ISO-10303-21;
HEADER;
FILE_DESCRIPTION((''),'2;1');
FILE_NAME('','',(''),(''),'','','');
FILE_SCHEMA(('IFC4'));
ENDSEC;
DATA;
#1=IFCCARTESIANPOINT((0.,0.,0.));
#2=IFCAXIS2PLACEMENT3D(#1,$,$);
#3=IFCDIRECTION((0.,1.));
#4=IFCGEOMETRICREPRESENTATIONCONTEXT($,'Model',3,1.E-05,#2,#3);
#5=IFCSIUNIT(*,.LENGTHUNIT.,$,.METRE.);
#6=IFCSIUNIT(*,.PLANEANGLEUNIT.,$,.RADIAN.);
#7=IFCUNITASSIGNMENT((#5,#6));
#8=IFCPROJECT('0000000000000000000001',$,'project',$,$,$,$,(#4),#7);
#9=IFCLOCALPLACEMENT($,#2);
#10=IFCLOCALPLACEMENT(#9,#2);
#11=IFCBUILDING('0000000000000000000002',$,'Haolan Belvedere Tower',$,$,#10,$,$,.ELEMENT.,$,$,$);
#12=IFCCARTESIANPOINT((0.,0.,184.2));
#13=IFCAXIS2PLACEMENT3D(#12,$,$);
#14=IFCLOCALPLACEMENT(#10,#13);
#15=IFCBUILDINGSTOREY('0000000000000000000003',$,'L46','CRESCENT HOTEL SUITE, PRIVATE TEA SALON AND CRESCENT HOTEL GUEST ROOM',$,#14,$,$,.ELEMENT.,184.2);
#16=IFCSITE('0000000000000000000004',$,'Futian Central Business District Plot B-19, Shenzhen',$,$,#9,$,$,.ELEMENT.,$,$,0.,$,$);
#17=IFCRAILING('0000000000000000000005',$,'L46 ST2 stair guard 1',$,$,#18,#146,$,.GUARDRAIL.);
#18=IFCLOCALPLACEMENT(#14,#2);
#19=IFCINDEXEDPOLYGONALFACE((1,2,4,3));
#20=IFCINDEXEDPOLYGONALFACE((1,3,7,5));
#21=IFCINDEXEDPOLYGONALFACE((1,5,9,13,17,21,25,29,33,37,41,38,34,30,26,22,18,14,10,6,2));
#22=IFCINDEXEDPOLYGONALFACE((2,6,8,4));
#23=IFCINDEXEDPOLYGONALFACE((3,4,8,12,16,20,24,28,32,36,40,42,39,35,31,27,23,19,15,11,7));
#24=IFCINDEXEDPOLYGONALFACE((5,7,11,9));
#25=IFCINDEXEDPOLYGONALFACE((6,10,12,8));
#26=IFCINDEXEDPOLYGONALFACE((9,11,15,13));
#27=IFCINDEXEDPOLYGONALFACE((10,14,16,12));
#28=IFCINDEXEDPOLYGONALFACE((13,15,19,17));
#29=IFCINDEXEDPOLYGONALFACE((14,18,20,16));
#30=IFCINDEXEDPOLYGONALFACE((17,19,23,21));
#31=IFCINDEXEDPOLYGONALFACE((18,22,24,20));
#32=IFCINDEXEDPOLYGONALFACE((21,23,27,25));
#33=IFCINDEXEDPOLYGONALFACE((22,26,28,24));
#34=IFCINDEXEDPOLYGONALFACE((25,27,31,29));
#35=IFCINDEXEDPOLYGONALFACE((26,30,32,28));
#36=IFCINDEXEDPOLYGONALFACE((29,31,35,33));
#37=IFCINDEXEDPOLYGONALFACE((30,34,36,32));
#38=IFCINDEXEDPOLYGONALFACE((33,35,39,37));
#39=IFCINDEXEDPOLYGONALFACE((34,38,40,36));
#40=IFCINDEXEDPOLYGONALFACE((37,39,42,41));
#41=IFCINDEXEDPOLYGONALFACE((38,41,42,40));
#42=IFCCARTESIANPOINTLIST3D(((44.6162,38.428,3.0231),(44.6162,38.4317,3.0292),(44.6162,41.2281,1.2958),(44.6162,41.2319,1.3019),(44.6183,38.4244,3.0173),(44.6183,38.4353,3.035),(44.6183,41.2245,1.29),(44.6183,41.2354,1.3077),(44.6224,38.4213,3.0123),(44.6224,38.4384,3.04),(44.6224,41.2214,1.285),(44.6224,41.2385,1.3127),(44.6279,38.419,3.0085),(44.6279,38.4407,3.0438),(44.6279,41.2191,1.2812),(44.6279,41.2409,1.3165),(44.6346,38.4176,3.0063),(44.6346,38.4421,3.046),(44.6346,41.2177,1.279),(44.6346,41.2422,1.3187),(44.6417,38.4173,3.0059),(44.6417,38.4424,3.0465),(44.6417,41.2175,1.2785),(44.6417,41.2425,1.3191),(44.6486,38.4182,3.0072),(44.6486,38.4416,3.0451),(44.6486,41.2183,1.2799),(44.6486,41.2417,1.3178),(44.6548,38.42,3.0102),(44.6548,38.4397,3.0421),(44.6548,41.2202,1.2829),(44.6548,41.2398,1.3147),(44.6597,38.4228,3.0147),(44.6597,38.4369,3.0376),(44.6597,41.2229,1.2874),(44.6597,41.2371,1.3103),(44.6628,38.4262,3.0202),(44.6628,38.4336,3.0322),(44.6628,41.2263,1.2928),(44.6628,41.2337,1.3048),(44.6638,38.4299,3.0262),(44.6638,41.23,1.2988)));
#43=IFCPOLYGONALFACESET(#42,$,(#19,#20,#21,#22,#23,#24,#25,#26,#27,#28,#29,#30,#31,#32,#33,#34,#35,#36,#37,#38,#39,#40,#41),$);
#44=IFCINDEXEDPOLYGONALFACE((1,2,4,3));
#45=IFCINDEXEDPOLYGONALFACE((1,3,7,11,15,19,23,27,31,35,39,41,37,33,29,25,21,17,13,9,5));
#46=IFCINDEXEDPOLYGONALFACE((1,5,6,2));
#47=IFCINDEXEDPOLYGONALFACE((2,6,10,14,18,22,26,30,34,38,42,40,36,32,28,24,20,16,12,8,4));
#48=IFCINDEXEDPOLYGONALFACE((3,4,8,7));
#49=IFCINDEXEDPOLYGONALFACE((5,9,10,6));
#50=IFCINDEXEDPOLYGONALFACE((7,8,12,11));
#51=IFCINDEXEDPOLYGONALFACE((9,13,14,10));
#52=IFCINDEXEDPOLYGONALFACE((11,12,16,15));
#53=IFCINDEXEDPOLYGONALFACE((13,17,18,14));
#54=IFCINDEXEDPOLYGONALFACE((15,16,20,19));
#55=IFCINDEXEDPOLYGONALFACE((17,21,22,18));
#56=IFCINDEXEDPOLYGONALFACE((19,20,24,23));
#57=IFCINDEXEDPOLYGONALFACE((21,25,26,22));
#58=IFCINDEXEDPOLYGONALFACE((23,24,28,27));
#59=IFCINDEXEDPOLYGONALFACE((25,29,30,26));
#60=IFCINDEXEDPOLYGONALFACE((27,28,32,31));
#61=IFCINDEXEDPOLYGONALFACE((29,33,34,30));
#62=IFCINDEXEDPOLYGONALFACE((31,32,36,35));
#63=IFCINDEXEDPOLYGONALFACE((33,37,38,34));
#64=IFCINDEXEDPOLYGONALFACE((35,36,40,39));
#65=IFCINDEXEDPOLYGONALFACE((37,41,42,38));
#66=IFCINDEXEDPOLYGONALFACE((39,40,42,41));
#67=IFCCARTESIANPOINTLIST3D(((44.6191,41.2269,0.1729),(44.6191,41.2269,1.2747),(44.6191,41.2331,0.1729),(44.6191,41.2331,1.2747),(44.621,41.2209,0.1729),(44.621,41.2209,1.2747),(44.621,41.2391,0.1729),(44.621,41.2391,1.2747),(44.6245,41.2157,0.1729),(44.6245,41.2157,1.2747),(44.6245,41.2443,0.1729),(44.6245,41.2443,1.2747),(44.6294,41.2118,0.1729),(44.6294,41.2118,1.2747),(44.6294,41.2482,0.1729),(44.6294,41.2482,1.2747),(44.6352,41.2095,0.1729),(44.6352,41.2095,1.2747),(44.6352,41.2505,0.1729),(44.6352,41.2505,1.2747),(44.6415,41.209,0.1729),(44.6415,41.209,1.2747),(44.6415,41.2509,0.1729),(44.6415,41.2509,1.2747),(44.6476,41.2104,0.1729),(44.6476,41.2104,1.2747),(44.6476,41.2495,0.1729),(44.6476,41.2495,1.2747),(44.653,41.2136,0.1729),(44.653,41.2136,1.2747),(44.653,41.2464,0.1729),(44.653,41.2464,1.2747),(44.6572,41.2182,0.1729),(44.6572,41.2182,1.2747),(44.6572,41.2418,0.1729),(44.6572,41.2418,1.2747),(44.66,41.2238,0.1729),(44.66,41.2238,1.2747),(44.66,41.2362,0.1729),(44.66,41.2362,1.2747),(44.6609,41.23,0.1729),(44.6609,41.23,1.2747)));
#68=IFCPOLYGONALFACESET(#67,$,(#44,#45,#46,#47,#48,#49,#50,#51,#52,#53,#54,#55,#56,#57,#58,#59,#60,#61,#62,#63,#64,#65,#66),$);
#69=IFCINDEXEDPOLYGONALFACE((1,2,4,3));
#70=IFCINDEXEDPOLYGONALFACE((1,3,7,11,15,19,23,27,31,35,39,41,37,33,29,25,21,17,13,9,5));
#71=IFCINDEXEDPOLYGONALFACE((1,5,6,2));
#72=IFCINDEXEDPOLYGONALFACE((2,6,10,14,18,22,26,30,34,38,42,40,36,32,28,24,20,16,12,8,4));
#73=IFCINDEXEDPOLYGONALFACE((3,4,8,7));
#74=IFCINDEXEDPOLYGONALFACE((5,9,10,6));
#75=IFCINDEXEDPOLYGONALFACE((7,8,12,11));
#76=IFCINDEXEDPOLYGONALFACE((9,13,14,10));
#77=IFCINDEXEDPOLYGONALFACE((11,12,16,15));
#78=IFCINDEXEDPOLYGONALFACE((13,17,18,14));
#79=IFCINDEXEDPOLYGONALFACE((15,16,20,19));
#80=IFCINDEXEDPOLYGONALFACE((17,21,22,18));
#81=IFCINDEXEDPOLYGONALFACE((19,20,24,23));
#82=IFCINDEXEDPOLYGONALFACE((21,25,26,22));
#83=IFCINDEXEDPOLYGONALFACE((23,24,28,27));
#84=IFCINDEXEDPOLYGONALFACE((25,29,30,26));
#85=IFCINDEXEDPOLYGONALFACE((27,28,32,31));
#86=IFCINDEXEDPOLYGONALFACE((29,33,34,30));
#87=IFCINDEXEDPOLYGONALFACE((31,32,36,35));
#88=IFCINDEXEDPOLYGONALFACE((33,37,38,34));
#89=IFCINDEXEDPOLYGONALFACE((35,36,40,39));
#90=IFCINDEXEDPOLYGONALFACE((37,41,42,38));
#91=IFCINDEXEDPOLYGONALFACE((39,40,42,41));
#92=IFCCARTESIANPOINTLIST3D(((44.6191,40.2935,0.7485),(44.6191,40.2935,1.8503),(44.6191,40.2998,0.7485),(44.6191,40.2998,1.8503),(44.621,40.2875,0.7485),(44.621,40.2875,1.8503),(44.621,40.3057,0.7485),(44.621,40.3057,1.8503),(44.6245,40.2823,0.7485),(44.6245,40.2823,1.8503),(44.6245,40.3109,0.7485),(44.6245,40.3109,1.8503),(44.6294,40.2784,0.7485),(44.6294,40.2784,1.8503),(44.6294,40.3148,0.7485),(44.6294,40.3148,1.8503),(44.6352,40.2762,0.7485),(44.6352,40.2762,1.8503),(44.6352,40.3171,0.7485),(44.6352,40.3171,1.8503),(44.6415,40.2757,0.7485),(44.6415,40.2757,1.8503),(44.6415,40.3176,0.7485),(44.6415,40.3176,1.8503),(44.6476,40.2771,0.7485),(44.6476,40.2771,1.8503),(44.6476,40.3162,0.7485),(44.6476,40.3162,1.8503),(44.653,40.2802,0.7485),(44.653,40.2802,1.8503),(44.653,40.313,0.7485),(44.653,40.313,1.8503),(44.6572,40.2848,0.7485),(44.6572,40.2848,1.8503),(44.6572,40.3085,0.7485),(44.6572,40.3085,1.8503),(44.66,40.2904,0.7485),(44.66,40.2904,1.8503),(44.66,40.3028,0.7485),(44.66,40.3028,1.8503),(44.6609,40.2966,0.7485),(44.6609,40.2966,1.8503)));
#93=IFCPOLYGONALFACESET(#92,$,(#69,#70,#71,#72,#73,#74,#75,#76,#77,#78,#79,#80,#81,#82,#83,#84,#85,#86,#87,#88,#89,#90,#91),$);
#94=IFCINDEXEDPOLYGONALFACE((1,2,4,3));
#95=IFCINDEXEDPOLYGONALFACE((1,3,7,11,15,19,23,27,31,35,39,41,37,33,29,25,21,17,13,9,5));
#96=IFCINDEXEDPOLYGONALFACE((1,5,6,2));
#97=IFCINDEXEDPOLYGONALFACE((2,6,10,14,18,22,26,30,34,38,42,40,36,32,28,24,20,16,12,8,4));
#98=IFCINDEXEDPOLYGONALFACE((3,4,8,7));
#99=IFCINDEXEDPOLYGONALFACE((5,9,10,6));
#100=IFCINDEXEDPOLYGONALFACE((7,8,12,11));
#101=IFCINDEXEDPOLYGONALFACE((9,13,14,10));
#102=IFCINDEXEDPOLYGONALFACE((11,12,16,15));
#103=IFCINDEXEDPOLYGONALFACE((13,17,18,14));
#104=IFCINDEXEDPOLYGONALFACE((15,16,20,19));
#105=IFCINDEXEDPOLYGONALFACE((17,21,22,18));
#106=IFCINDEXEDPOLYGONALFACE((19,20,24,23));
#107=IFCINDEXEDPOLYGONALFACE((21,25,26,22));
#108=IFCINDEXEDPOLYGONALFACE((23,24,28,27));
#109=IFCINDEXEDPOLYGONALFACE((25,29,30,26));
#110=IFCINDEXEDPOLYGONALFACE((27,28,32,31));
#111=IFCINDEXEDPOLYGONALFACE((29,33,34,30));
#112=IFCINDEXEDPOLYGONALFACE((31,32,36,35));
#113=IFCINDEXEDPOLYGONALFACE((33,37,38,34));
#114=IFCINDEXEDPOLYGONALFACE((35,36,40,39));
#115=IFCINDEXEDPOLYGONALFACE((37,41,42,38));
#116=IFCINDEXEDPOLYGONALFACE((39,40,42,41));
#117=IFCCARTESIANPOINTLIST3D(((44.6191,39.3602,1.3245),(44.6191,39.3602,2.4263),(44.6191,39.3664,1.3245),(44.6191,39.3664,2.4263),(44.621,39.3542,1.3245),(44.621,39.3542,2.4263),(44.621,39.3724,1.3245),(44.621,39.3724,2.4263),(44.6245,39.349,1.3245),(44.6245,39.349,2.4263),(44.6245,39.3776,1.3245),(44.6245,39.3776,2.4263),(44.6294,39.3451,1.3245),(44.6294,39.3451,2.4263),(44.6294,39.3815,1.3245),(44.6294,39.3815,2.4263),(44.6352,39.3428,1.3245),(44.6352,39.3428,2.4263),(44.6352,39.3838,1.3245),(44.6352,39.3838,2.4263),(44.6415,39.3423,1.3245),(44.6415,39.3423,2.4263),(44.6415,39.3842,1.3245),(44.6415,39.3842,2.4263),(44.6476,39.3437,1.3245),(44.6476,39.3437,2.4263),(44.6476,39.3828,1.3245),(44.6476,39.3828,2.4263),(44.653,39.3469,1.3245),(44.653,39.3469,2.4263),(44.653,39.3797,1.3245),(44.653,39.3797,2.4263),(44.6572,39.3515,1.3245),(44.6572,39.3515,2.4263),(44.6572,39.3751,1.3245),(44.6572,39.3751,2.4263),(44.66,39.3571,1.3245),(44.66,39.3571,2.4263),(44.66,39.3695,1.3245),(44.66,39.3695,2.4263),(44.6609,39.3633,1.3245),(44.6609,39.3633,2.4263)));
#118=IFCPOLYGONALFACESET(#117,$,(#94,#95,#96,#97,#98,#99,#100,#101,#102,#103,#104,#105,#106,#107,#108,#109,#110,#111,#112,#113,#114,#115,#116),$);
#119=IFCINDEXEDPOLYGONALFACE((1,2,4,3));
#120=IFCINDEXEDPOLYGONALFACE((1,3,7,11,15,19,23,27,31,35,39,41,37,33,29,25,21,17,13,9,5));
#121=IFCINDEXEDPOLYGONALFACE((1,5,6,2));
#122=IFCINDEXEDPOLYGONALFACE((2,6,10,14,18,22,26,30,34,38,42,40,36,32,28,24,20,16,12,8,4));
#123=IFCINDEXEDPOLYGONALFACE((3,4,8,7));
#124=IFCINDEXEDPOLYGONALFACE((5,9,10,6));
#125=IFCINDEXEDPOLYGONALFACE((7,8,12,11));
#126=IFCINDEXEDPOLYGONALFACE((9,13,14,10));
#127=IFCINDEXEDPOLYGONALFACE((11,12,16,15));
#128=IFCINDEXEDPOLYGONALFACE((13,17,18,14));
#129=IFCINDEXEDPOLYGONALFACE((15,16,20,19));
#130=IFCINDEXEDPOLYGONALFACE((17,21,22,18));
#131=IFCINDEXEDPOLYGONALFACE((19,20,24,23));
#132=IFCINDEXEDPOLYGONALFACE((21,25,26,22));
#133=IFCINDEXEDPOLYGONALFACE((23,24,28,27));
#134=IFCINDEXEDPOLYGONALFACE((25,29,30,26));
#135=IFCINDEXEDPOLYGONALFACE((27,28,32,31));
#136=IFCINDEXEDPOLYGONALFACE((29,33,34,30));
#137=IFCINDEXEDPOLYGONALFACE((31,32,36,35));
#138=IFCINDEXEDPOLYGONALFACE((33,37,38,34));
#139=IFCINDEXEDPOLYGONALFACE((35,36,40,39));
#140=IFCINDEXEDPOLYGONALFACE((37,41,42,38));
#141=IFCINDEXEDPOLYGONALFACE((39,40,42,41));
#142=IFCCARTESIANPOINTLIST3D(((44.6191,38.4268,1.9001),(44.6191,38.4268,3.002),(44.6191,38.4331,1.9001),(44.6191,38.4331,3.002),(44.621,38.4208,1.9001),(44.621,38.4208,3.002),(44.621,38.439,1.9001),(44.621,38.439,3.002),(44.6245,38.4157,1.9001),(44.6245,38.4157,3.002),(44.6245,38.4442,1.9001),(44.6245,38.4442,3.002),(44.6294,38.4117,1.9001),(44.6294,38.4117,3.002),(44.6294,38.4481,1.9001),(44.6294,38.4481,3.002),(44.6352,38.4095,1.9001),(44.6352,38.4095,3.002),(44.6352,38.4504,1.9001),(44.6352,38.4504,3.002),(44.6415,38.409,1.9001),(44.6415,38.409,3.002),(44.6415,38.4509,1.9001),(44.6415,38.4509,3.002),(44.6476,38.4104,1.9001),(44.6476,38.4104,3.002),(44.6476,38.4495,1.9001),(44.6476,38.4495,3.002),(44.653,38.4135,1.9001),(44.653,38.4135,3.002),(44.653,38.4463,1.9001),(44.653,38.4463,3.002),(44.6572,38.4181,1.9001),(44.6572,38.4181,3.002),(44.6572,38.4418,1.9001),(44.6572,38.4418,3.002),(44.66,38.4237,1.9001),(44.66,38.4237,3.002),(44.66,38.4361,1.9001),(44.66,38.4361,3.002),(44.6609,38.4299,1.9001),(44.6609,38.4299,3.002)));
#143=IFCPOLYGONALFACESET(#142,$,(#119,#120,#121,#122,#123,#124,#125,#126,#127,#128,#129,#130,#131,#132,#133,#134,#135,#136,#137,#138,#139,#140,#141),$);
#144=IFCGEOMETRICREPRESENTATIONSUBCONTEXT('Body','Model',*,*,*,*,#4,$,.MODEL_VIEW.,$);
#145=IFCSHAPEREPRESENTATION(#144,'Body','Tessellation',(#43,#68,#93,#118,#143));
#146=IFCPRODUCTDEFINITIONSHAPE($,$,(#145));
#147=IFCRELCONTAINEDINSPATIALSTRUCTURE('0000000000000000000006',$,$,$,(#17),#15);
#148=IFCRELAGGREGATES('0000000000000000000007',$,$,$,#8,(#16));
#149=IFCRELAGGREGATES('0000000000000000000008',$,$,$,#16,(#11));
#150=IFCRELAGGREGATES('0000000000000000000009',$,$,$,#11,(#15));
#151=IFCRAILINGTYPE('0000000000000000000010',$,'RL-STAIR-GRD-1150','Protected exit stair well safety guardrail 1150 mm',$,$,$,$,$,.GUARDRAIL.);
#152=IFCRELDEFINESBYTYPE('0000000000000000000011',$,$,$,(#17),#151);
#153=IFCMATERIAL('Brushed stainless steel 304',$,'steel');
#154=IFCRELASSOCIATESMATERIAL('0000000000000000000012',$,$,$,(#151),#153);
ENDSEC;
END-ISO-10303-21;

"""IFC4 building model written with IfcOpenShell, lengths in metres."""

from ifc_helpers import new_model, si_unit, direction, frame, origin, origin_2d, place, context, subcontext, project, spatial, circle, extrude, material, type_object, element, save


model = new_model("IFC4")

# Units and contexts
model_context = context("Model", 3, precision=1e-05, world=origin(), true_north=direction((0.0, 1.0)))
body_context = subcontext(model_context, "Body", "Model", "MODEL_VIEW")
ifc_project = project(units=[si_unit("LENGTHUNIT", "METRE"), si_unit("PLANEANGLEUNIT", "RADIAN")], contexts=[model_context])

# Site, building, storey
site_placement = place(None, origin())
site = spatial("IfcSite", under=ifc_project, at=site_placement, Name="Futian Central Business District Plot B-19, Shenzhen", CompositionType="ELEMENT", RefElevation=0.0)
building_placement = place(site_placement, origin())
building = spatial("IfcBuilding", under=site, at=building_placement, Name="Haolan Belvedere Tower", CompositionType="ELEMENT")
storey_placement = place(building_placement, frame((0.0, 0.0, 184.2)))
storey = spatial("IfcBuildingStorey", under=building, at=storey_placement, Name="L46", Description="CRESCENT HOTEL SUITE, PRIVATE TEA SALON AND CRESCENT HOTEL GUEST ROOM", CompositionType="ELEMENT", Elevation=184.2)

# Railing
ifc_material_1 = material(Name="Brushed stainless steel 304", Category="steel")
railing_type_1 = type_object("IfcRailingType", Name="RL-STAIR-GRD-1150", Description="Protected exit stair well safety guardrail 1150 mm", PredefinedType="GUARDRAIL", material=ifc_material_1)
railing_1_placement = place(storey_placement, frame((44.6399, 41.23, 0.1729)))
element("IfcRailing", 1, at=railing_1_placement, inside=storey, type_object=railing_type_1, Name="L46 ST2 stair guard 1", PredefinedType="GUARDRAIL", context=body_context, shape_type="SweptSolid", body=[
    extrude(circle(Radius=0.0239, at=origin_2d()), frame((0.0, 0.0, 1.126), z_axis=(0.0, -0.85109, 0.52502), x_axis=(1.0, 0.0, 0.0)), (0.0, 0.0, 1.0), 3.29),
    extrude(circle(Radius=0.021, at=origin_2d()), origin(), (0.0, 0.0, 1.0), 1.1018),
    extrude(circle(Radius=0.021, at=origin_2d()), frame((0.0, -0.9333, 0.5757)), (0.0, 0.0, 1.0), 1.1018),
    extrude(circle(Radius=0.021, at=origin_2d()), frame((0.0, -1.8667, 1.1516)), (0.0, 0.0, 1.0), 1.1018),
    extrude(circle(Radius=0.021, at=origin_2d()), frame((0.0, -2.8, 1.7273)), (0.0, 0.0, 1.0), 1.1018),
])

save(model, "model.ifc")
